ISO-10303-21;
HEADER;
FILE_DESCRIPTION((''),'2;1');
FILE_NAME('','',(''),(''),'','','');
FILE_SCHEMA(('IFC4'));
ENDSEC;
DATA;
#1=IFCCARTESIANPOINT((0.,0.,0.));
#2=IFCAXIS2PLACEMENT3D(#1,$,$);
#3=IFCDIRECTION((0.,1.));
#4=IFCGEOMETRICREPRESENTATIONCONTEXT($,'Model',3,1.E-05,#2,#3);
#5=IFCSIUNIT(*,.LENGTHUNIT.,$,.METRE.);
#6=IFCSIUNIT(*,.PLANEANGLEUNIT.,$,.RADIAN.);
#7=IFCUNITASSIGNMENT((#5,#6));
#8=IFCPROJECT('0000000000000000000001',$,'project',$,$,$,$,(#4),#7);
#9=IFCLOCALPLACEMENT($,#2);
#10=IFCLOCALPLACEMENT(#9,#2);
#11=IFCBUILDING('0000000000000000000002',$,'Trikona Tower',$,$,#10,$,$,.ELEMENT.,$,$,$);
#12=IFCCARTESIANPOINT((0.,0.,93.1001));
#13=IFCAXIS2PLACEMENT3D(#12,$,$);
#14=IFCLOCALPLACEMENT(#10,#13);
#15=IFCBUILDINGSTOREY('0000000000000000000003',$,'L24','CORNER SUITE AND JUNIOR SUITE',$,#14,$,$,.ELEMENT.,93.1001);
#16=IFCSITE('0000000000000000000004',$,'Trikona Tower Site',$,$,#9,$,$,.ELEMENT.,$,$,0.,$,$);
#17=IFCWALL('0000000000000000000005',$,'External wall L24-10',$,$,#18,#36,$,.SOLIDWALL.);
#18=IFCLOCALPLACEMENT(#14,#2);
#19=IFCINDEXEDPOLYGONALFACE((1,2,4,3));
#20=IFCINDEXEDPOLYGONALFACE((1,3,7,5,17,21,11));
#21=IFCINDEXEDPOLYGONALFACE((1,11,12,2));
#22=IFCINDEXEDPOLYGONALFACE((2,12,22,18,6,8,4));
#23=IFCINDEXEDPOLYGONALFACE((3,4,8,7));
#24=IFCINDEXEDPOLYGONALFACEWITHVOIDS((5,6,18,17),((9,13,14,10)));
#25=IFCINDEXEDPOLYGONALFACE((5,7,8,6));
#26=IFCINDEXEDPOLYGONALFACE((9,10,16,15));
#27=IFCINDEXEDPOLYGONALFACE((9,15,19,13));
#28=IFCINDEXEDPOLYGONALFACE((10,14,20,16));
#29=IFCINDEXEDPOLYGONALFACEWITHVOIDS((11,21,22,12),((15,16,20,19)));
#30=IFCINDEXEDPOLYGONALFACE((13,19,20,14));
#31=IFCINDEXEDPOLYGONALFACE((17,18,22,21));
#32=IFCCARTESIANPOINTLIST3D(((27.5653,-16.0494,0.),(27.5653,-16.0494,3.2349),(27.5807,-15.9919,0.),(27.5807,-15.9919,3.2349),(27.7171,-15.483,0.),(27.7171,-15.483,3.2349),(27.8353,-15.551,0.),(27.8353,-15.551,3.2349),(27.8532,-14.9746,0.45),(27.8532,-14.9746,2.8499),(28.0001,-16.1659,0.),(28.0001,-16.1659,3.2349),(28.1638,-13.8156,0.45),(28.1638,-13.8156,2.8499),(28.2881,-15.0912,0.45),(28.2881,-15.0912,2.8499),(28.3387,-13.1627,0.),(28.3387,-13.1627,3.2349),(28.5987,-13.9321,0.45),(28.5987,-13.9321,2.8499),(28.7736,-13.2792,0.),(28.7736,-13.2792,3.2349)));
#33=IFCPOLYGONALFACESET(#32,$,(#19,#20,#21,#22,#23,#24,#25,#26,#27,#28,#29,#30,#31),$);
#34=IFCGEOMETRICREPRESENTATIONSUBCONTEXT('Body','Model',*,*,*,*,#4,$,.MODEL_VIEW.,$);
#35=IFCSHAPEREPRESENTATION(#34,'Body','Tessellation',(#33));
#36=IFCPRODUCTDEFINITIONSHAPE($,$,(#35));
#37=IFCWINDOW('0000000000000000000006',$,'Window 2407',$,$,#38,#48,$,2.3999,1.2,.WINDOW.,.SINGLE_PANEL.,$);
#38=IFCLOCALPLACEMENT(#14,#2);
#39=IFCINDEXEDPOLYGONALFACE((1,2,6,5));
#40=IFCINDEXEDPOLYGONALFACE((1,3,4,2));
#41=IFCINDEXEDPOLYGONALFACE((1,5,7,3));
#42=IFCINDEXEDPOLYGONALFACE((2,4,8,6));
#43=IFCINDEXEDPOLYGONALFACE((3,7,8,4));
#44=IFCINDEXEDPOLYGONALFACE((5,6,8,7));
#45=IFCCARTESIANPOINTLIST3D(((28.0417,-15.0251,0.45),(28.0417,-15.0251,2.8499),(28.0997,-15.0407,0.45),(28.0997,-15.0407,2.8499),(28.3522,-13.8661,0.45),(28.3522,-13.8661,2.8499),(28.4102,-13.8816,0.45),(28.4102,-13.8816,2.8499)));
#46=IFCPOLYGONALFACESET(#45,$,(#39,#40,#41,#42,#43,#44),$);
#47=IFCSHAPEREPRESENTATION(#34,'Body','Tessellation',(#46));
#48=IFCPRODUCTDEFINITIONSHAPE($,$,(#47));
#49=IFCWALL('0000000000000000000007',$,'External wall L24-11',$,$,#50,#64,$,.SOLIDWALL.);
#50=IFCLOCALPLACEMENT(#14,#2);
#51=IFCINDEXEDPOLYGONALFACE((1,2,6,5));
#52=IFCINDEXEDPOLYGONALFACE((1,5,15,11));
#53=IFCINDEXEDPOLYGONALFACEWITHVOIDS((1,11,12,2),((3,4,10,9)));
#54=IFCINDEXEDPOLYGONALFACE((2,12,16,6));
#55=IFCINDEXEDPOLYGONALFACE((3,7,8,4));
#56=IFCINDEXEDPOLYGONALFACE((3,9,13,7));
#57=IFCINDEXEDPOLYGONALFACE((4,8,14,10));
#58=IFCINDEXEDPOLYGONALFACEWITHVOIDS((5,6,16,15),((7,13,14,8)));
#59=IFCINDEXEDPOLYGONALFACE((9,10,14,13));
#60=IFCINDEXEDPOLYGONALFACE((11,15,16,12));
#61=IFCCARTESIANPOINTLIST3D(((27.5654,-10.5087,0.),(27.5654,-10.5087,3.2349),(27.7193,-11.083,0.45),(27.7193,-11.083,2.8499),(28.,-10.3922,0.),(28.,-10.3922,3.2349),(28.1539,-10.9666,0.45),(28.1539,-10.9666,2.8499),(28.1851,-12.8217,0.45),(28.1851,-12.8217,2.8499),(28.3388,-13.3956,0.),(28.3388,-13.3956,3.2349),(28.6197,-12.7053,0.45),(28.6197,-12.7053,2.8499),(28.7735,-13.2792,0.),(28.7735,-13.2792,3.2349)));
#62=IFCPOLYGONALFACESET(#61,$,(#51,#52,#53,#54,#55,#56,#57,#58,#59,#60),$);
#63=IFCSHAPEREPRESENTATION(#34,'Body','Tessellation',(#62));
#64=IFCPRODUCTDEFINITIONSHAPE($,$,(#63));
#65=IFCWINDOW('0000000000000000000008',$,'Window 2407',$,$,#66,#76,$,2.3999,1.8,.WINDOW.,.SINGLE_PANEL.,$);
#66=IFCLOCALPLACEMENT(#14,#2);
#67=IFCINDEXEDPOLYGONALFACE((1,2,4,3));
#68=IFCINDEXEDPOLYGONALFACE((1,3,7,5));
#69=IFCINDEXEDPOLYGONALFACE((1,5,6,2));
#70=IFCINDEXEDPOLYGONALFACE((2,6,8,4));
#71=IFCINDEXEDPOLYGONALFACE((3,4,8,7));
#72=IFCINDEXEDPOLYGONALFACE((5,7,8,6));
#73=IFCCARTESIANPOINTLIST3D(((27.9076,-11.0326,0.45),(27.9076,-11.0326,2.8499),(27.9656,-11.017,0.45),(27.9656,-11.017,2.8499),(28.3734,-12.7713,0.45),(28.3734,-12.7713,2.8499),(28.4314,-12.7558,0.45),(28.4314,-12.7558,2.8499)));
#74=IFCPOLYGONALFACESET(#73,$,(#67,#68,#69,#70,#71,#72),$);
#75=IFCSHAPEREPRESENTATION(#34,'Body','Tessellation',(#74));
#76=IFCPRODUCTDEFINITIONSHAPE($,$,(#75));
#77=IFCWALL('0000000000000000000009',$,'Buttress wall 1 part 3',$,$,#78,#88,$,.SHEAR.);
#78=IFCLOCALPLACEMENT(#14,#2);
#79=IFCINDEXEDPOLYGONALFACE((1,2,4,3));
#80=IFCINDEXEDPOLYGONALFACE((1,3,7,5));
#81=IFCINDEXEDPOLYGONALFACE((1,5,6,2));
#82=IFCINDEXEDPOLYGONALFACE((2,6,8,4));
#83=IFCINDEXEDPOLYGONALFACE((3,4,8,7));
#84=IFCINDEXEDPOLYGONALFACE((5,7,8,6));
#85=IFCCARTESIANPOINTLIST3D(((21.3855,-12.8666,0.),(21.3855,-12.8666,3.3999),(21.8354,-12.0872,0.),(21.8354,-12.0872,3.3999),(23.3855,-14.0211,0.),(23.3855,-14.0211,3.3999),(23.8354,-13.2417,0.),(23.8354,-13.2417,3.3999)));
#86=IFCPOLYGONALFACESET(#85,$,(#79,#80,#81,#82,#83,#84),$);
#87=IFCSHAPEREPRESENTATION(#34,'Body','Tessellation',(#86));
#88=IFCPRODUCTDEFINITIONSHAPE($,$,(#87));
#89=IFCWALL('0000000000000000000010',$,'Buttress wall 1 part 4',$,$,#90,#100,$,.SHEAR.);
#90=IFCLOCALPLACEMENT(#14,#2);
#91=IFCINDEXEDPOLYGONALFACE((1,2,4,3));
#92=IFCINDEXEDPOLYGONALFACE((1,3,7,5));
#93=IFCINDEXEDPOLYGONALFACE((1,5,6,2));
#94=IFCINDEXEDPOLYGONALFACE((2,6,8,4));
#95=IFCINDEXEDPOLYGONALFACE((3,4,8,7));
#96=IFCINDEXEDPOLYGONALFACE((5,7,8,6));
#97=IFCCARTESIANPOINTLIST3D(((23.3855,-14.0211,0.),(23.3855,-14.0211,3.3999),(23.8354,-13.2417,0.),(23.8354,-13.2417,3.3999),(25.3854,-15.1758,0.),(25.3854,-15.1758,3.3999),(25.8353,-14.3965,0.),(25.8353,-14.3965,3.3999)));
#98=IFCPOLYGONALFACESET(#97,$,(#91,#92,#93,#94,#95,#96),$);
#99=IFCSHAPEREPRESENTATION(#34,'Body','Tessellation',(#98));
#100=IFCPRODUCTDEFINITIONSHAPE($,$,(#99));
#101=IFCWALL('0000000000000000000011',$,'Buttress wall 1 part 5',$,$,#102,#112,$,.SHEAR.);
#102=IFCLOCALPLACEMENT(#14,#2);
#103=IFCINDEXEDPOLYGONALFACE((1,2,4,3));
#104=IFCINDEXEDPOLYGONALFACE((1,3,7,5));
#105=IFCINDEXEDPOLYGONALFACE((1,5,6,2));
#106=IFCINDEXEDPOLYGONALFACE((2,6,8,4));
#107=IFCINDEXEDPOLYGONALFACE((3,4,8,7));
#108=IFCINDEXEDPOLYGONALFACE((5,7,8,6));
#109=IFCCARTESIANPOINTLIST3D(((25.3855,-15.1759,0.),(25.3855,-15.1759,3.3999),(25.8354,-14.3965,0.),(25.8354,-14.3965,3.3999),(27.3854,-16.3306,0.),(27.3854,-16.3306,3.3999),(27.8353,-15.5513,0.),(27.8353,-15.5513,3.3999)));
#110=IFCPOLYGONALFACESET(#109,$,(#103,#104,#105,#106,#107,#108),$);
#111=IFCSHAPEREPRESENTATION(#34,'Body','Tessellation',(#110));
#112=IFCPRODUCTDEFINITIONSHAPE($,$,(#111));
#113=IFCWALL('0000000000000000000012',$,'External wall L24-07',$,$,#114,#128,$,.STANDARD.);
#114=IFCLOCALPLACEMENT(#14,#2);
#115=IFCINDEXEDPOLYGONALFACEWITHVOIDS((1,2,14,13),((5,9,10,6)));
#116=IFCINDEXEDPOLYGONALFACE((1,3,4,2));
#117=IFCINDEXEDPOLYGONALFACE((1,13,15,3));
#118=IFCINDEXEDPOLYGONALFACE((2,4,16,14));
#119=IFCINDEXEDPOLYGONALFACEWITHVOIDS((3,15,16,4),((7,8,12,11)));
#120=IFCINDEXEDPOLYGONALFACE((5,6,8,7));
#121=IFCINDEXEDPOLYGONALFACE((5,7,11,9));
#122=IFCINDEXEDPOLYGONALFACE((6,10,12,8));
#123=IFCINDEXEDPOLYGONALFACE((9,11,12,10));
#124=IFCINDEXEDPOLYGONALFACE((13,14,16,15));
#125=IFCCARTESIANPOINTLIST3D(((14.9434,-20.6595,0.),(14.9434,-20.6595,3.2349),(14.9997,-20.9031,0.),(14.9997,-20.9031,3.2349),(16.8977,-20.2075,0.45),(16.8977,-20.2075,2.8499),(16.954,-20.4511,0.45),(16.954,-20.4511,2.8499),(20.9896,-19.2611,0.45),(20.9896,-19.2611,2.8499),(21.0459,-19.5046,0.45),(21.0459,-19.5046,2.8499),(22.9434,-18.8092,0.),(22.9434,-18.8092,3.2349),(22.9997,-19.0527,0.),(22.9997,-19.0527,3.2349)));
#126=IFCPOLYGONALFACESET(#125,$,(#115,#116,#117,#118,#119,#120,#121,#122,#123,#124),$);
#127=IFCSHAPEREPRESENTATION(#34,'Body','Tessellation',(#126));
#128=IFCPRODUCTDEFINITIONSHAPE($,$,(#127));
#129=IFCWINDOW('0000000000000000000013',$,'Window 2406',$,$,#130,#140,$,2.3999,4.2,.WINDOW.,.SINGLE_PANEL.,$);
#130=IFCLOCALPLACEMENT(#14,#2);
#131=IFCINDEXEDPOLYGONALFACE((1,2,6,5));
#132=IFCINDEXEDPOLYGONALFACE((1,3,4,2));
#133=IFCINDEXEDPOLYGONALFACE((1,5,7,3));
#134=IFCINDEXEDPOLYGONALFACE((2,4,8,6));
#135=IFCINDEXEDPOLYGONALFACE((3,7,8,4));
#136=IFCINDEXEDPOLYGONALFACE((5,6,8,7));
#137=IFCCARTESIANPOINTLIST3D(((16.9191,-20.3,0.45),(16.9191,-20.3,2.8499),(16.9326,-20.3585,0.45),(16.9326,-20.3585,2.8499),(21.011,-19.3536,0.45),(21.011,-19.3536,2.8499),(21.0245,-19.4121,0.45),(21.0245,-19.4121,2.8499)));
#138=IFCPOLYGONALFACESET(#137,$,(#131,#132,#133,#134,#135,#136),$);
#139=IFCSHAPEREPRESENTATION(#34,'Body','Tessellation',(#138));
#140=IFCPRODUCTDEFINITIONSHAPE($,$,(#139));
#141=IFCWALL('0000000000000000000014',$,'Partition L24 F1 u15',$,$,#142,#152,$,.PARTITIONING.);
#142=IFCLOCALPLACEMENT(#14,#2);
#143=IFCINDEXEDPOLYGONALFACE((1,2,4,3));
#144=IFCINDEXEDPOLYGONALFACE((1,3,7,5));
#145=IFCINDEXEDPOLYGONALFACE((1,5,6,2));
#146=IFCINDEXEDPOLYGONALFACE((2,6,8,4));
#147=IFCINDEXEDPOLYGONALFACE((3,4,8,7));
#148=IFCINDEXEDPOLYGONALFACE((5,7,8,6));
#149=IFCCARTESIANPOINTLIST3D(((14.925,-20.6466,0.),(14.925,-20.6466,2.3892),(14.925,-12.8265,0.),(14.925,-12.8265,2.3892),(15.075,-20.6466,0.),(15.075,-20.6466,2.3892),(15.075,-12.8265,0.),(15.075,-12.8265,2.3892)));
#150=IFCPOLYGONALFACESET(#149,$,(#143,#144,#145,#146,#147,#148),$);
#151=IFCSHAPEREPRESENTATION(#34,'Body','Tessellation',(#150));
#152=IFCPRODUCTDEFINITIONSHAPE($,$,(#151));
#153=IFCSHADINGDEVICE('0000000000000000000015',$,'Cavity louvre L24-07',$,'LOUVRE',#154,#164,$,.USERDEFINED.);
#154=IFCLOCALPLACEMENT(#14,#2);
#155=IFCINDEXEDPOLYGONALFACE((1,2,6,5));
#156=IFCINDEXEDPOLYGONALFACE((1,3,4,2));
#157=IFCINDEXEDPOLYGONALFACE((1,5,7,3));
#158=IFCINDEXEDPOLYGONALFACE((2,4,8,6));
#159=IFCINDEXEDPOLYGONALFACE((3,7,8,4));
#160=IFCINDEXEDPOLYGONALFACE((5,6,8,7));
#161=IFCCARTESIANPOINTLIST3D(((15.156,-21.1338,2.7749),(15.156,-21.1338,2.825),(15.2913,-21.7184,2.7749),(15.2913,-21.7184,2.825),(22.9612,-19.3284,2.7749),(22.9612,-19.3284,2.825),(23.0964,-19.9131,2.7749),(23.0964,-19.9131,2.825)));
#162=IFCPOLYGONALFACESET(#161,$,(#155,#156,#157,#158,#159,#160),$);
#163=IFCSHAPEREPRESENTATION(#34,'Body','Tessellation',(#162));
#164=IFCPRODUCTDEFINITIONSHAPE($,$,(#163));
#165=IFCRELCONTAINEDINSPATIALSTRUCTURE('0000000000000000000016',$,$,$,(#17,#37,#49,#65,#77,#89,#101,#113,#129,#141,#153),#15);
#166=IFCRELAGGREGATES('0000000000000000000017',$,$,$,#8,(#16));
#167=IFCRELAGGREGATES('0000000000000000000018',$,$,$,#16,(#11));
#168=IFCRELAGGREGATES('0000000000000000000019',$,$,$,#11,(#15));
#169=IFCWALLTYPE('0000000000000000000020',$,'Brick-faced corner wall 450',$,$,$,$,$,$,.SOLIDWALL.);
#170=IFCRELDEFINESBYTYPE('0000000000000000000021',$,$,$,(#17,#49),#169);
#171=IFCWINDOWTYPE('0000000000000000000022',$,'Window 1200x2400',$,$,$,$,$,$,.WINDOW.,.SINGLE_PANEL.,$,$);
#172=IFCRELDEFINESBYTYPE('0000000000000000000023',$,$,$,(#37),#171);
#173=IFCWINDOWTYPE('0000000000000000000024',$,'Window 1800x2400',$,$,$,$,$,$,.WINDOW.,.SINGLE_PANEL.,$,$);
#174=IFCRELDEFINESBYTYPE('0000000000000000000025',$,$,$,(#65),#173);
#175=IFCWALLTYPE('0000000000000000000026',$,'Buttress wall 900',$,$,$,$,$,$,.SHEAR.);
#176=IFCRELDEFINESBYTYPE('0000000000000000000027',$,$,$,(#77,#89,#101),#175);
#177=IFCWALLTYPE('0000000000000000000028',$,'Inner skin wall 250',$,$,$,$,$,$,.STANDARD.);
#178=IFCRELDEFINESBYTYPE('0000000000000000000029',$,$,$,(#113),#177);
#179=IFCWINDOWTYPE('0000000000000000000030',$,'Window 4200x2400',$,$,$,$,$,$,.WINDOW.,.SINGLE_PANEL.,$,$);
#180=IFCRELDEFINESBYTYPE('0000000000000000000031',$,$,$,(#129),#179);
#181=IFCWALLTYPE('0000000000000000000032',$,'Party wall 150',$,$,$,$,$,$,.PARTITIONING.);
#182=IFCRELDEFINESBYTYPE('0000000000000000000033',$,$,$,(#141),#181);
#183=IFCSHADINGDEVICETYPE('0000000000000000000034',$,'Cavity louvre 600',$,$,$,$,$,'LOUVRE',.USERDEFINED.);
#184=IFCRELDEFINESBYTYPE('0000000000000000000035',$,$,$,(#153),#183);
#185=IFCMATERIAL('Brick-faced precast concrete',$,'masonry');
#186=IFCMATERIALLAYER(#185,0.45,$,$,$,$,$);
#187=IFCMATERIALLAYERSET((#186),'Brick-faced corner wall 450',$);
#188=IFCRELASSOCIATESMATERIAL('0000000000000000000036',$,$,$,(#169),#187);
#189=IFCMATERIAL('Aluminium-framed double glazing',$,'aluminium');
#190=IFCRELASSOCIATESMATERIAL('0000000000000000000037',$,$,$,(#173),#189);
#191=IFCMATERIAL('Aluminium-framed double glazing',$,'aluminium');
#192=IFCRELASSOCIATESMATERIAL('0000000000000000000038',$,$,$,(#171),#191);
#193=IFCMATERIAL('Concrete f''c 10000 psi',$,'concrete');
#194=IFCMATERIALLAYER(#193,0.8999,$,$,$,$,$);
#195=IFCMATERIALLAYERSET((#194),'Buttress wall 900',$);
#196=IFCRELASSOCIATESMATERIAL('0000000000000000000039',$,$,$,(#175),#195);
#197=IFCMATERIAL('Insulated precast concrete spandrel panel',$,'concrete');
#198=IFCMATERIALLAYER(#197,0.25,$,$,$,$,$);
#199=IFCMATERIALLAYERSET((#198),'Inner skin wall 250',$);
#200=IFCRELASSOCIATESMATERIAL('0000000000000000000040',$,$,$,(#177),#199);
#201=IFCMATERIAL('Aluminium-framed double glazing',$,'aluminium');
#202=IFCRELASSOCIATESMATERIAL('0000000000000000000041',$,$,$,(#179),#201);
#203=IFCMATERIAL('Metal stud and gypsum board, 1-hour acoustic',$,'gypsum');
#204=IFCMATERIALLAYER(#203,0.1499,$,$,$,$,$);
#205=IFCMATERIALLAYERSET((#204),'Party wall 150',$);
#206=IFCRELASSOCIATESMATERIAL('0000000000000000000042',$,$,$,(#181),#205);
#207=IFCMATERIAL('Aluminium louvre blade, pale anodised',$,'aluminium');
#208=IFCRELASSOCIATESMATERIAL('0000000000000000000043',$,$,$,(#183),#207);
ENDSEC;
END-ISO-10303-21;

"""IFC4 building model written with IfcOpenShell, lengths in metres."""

from ifc_helpers import new_model, si_unit, direction, frame, frame_2d, origin, origin_2d, place, context, subcontext, project, spatial, polyline, rectangle, outline, extrude, material, layer, layer_set, type_object, element, fill, save


model = new_model("IFC4")

# Units and contexts
model_context = context("Model", 3, precision=1e-05, world=origin(), true_north=direction((0.0, 1.0)))
body_context = subcontext(model_context, "Body", "Model", "MODEL_VIEW")
ifc_project = project(units=[si_unit("LENGTHUNIT", "METRE"), si_unit("PLANEANGLEUNIT", "RADIAN")], contexts=[model_context])

# Site, building, storey
site_placement = place(None, origin())
site = spatial("IfcSite", under=ifc_project, at=site_placement, Name="Trikona Tower Site", CompositionType="ELEMENT", RefElevation=0.0)
building_placement = place(site_placement, origin())
building = spatial("IfcBuilding", under=site, at=building_placement, Name="Trikona Tower", CompositionType="ELEMENT")
storey_placement = place(building_placement, frame((0.0, 0.0, 93.1001)))
storey = spatial("IfcBuildingStorey", under=building, at=storey_placement, Name="L24", Description="CORNER SUITE AND JUNIOR SUITE", CompositionType="ELEMENT", Elevation=93.1001)

# Walls, openings, windows
ifc_material_1 = material(Name="Brick-faced precast concrete", Category="masonry")
ifc_layer_1 = layer(ifc_material_1, 0.45)
ifc_layer_set_1 = layer_set([ifc_layer_1], Name="Brick-faced corner wall 450")
wall_type_1 = type_object("IfcWallType", Name="Brick-faced corner wall 450", PredefinedType="SOLIDWALL", material=ifc_layer_set_1)
ifc_material_2 = material(Name="Aluminium-framed double glazing", Category="aluminium")
window_type_1 = type_object("IfcWindowType", Name="Window 1800x2400", PartitioningType="SINGLE_PANEL", PredefinedType="WINDOW", material=ifc_material_2)
ifc_material_3 = material(Name="Aluminium-framed double glazing", Category="aluminium")
window_type_2 = type_object("IfcWindowType", Name="Window 1200x2400", PartitioningType="SINGLE_PANEL", PredefinedType="WINDOW", material=ifc_material_3)
wall_1_placement = place(storey_placement, frame((27.7827, -16.1077, 0.0), z_axis=(0.0, 0.0, 1.0), x_axis=(0.258801, 0.965931, 0.0)))
wall_1 = element("IfcWall", 1, at=wall_1_placement, inside=storey, type_object=wall_type_1, Name="External wall L24-10", PredefinedType="SOLIDWALL", context=body_context, shape_type="SweptSolid", body=[
    extrude(outline(polyline([(2.9885, 0.2251), (0.5864, 0.2251), (0.5513, 0.0933), (0.0596, 0.2251), (0.0, 0.2251), (0.0, -0.2251), (2.9885, -0.2251), (2.9885, 0.2251)])), origin(), (0.0, 0.0, 1.0), 3.2349),
])
opening_1_placement = place(wall_1_placement, frame((1.1125, 0.0, 0.45)))
opening_1 = element("IfcOpeningElement", 2, at=opening_1_placement, cuts=wall_1, PredefinedType="OPENING", context=body_context, shape_type="SweptSolid", body=[
    extrude(rectangle(XDim=1.2, YDim=2.3999, at=frame_2d((0.6001, 1.2))), frame((0.0, 0.2349, 0.0), z_axis=(0.0, -1.0, 0.0), x_axis=(1.0, 0.0, 0.0)), (0.0, 0.0, 1.0), 0.47),
])
window_1_placement = place(opening_1_placement, origin())
window_1 = element("IfcWindow", 3, at=window_1_placement, inside=storey, type_object=window_type_2, Name="Window 2407", OverallHeight=2.3999, OverallWidth=1.2, PartitioningType="SINGLE_PANEL", PredefinedType="WINDOW", context=body_context, shape_type="SweptSolid", body=[
    extrude(rectangle(XDim=1.2, YDim=2.3999, at=frame_2d((0.6001, 1.2))), frame((0.0, 0.03, 0.0), z_axis=(0.0, -1.0, 0.0), x_axis=(1.0, 0.0, 0.0)), (0.0, 0.0, 1.0), 0.0601),
])
fill(opening_1, window_1)
wall_2_placement = place(storey_placement, frame((28.5562, -13.3374, 0.0), z_axis=(0.0, 0.0, 1.0), x_axis=(-0.258781, 0.965936, 0.0)))
wall_2 = element("IfcWall", 4, at=wall_2_placement, inside=storey, type_object=wall_type_1, Name="External wall L24-11", PredefinedType="SOLIDWALL", context=body_context, shape_type="SweptSolid", body=[
    extrude(rectangle(XDim=2.9888, YDim=0.45, at=frame_2d((1.4944, 0.0))), origin(), (0.0, 0.0, 1.0), 3.2349),
])
opening_2_placement = place(wall_2_placement, frame((0.5942, 0.0, 0.45)))
opening_2 = element("IfcOpeningElement", 5, at=opening_2_placement, cuts=wall_2, PredefinedType="OPENING", context=body_context, shape_type="SweptSolid", body=[
    extrude(rectangle(XDim=1.8, YDim=2.3999, at=frame_2d((0.8999, 1.2))), frame((0.0, 0.2349, 0.0), z_axis=(0.0, -1.0, 0.0), x_axis=(1.0, 0.0, 0.0)), (0.0, 0.0, 1.0), 0.47),
])
window_2_placement = place(opening_2_placement, origin())
window_2 = element("IfcWindow", 6, at=window_2_placement, inside=storey, type_object=window_type_1, Name="Window 2407", OverallHeight=2.3999, OverallWidth=1.8, PartitioningType="SINGLE_PANEL", PredefinedType="WINDOW", context=body_context, shape_type="SweptSolid", body=[
    extrude(rectangle(XDim=1.8, YDim=2.3999, at=frame_2d((0.8999, 1.2))), frame((0.0, 0.03, 0.0), z_axis=(0.0, -1.0, 0.0), x_axis=(1.0, 0.0, 0.0)), (0.0, 0.0, 1.0), 0.0601),
])
fill(opening_2, window_2)

# Walls
ifc_material_4 = material(Name="Concrete f'c 10000 psi", Category="concrete")
ifc_layer_2 = layer(ifc_material_4, 0.8999)
ifc_layer_set_2 = layer_set([ifc_layer_2], Name="Buttress wall 900")
wall_type_2 = type_object("IfcWallType", Name="Buttress wall 900", PredefinedType="SHEAR", material=ifc_layer_set_2)
for number, where, z_axis, x_axis, name in (
    (7, (21.6104, -12.4768, 0.0), (0.0, 0.0, 1.0), (0.866055, -0.499948, 0.0), "Buttress wall 1 part 3"),
    (8, (23.6104, -13.6313, 0.0), (0.0, 0.0, 1.0), (0.86601, -0.500027, 0.0), "Buttress wall 1 part 4"),
    (9, (25.6104, -14.7861, 0.0), (0.0, 0.0, 1.0), (0.86601, -0.500027, 0.0), "Buttress wall 1 part 5"),
):
    element("IfcWall", number, at=place(storey_placement, frame(where, z_axis=z_axis, x_axis=x_axis)), inside=storey, type_object=wall_type_2, Name=name, PredefinedType="SHEAR", context=body_context, shape_type="SweptSolid", body=[
        extrude(rectangle(XDim=2.3093, YDim=0.8999, at=frame_2d((1.1548, 0.0))), origin(), (0.0, 0.0, 1.0), 3.3999),
    ])

# Wall, opening, window
ifc_material_5 = material(Name="Insulated precast concrete spandrel panel", Category="concrete")
ifc_layer_3 = layer(ifc_material_5, 0.25)
ifc_layer_set_3 = layer_set([ifc_layer_3], Name="Inner skin wall 250")
wall_type_3 = type_object("IfcWallType", Name="Inner skin wall 250", PredefinedType="STANDARD", material=ifc_layer_set_3)
wall_3_placement = place(storey_placement, frame((14.9717, -20.7812, 0.0), z_axis=(0.0, 0.0, 1.0), x_axis=(0.974279, 0.225344, 0.0)))
wall_3 = element("IfcWall", 10, at=wall_3_placement, inside=storey, type_object=wall_type_3, Name="External wall L24-07", PredefinedType="STANDARD", context=body_context, shape_type="SweptSolid", body=[
    extrude(rectangle(XDim=8.2112, YDim=0.25, at=frame_2d((4.1055, 0.0))), origin(), (0.0, 0.0, 1.0), 3.2349),
])
opening_3_placement = place(wall_3_placement, frame((2.0056, 0.0, 0.45)))
opening_3 = element("IfcOpeningElement", 11, at=opening_3_placement, cuts=wall_3, PredefinedType="OPENING", context=body_context, shape_type="SweptSolid", body=[
    extrude(rectangle(XDim=4.2, YDim=2.3999, at=frame_2d((2.1001, 1.2))), frame((0.0, 0.135, 0.0), z_axis=(0.0, -1.0, 0.0), x_axis=(1.0, 0.0, 0.0)), (0.0, 0.0, 1.0), 0.27),
])
ifc_material_6 = material(Name="Aluminium-framed double glazing", Category="aluminium")
window_type_3 = type_object("IfcWindowType", Name="Window 4200x2400", PartitioningType="SINGLE_PANEL", PredefinedType="WINDOW", material=ifc_material_6)
window_3_placement = place(opening_3_placement, origin())
window_3 = element("IfcWindow", 12, at=window_3_placement, inside=storey, type_object=window_type_3, Name="Window 2406", OverallHeight=2.3999, OverallWidth=4.2, PartitioningType="SINGLE_PANEL", PredefinedType="WINDOW", context=body_context, shape_type="SweptSolid", body=[
    extrude(rectangle(XDim=4.2, YDim=2.3999, at=frame_2d((2.1001, 1.2))), frame((0.0, 0.03, 0.0), z_axis=(0.0, -1.0, 0.0), x_axis=(1.0, 0.0, 0.0)), (0.0, 0.0, 1.0), 0.0601),
])
fill(opening_3, window_3)

# Wall
ifc_material_7 = material(Name="Metal stud and gypsum board, 1-hour acoustic", Category="gypsum")
ifc_layer_4 = layer(ifc_material_7, 0.1499)
ifc_layer_set_4 = layer_set([ifc_layer_4], Name="Party wall 150")
wall_type_4 = type_object("IfcWallType", Name="Party wall 150", PredefinedType="PARTITIONING", material=ifc_layer_set_4)
wall_4_placement = place(storey_placement, frame((15.0, -12.8264, 0.0), z_axis=(0.0, 0.0, 1.0), x_axis=(0.0, -1.0, 0.0)))
element("IfcWall", 13, at=wall_4_placement, inside=storey, type_object=wall_type_4, Name="Partition L24 F1 u15", PredefinedType="PARTITIONING", context=body_context, shape_type="SweptSolid", body=[
    extrude(rectangle(XDim=7.8201, YDim=0.1499, at=frame_2d((3.9102, 0.0))), origin(), (0.0, 0.0, 1.0), 2.3892),
])

# Shading device
ifc_material_8 = material(Name="Aluminium louvre blade, pale anodised", Category="aluminium")
shading_device_type = type_object("IfcShadingDeviceType", Name="Cavity louvre 600", ElementType="LOUVRE", PredefinedType="USERDEFINED", material=ifc_material_8)
shading_device_placement = place(storey_placement, frame((19.1262, -20.5234, 2.7749), z_axis=(0.0, 0.0, 1.0), x_axis=(0.974278, 0.225351, 0.0)))
element("IfcShadingDevice", 14, at=shading_device_placement, inside=storey, type_object=shading_device_type, Name="Cavity louvre L24-07", ObjectType="LOUVRE", PredefinedType="USERDEFINED", context=body_context, shape_type="SweptSolid", body=[
    extrude(rectangle(XDim=8.0112, YDim=0.6001, at=origin_2d()), origin(), (0.0, 0.0, 1.0), 0.05),
])

save(model, "model.ifc")
